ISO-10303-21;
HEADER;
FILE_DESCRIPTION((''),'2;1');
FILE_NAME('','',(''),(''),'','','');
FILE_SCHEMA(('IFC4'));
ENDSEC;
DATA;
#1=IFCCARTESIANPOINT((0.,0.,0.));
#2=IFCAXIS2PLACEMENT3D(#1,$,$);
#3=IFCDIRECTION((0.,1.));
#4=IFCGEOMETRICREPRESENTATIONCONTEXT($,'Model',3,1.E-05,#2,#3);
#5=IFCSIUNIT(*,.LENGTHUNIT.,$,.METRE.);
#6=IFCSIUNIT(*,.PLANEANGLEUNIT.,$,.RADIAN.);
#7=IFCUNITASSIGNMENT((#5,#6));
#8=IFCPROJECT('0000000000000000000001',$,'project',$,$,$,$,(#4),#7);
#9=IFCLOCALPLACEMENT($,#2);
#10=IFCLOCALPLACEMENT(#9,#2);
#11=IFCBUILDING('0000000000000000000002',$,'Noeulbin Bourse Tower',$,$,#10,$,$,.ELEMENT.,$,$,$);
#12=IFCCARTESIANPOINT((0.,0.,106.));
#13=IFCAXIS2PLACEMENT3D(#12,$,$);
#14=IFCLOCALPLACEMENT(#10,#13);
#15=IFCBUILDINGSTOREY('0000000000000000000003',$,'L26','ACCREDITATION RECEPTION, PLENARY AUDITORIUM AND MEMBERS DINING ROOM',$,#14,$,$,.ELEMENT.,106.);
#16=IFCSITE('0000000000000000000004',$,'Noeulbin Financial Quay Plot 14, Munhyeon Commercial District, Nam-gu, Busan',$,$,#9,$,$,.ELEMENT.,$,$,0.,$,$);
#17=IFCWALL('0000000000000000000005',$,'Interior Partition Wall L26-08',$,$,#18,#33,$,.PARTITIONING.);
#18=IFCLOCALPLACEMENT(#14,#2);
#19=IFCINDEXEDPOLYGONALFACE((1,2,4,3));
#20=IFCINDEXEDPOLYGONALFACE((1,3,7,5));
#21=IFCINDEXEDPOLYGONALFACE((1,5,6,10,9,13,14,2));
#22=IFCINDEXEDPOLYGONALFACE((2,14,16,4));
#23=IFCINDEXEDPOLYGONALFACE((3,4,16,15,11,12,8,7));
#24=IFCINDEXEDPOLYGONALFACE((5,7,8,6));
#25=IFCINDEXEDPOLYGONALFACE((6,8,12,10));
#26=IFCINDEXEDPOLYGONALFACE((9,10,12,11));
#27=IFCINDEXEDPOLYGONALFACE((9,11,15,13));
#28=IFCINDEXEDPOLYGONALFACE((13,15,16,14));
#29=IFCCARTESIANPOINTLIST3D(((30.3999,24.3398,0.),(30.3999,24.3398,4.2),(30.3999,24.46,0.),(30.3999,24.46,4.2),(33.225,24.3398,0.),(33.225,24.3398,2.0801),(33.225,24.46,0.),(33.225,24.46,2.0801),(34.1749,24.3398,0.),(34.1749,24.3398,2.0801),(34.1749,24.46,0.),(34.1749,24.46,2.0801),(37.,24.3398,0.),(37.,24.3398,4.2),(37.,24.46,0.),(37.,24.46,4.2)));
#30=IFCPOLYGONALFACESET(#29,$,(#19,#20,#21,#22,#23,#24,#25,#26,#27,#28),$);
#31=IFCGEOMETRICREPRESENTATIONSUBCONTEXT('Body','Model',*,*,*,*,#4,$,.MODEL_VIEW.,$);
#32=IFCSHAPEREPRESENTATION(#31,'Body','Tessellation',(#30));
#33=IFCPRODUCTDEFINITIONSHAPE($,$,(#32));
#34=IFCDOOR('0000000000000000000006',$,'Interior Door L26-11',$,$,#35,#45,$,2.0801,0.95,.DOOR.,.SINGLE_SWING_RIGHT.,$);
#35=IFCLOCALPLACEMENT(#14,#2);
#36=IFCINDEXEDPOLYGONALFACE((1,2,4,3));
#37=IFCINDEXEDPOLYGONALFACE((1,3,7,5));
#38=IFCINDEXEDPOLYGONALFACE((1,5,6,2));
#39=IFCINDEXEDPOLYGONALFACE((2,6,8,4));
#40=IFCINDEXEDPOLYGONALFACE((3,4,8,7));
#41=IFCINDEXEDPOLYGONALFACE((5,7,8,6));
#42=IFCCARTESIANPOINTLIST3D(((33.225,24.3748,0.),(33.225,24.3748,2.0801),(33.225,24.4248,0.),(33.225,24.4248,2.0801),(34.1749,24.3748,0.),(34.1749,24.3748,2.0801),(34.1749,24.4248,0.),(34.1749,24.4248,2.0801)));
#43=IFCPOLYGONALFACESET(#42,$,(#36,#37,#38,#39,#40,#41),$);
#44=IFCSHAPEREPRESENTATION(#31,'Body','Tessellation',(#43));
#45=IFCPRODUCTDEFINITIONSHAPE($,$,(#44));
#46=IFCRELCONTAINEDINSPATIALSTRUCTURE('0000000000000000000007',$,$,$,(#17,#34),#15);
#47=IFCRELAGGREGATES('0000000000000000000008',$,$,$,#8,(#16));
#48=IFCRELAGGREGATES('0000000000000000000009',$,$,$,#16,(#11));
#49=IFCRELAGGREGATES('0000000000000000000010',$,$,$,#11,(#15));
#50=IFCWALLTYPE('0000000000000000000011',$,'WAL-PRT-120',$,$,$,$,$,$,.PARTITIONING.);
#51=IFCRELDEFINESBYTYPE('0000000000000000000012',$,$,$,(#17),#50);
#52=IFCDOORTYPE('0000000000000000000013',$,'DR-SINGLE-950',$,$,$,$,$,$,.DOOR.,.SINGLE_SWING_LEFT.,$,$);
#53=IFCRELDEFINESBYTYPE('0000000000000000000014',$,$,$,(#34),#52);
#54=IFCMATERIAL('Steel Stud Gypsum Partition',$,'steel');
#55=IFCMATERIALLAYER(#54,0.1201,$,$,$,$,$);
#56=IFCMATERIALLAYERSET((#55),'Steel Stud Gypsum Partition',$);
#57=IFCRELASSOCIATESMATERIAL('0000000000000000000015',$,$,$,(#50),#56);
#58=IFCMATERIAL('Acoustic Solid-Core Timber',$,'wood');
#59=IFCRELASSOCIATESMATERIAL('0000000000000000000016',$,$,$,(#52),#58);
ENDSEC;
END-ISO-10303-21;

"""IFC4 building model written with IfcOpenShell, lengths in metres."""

from ifc_helpers import new_model, si_unit, direction, frame, frame_2d, origin, place, context, subcontext, project, spatial, rectangle, extrude, material, layer, layer_set, type_object, element, fill, save


model = new_model("IFC4")

# Units and contexts
model_context = context("Model", 3, precision=1e-05, world=origin(), true_north=direction((0.0, 1.0)))
body_context = subcontext(model_context, "Body", "Model", "MODEL_VIEW")
ifc_project = project(units=[si_unit("LENGTHUNIT", "METRE"), si_unit("PLANEANGLEUNIT", "RADIAN")], contexts=[model_context])

# Site, building, storey
site_placement = place(None, origin())
site = spatial("IfcSite", under=ifc_project, at=site_placement, Name="Noeulbin Financial Quay Plot 14, Munhyeon Commercial District, Nam-gu, Busan", CompositionType="ELEMENT", RefElevation=0.0)
building_placement = place(site_placement, origin())
building = spatial("IfcBuilding", under=site, at=building_placement, Name="Noeulbin Bourse Tower", CompositionType="ELEMENT")
storey_placement = place(building_placement, frame((0.0, 0.0, 106.0)))
storey = spatial("IfcBuildingStorey", under=building, at=storey_placement, Name="L26", Description="ACCREDITATION RECEPTION, PLENARY AUDITORIUM AND MEMBERS DINING ROOM", CompositionType="ELEMENT", Elevation=106.0)

# Wall, opening, door
ifc_material_1 = material(Name="Steel Stud Gypsum Partition", Category="steel")
ifc_layer_1 = layer(ifc_material_1, 0.1201)
ifc_layer_set_1 = layer_set([ifc_layer_1], Name="Steel Stud Gypsum Partition")
wall_type_1 = type_object("IfcWallType", Name="WAL-PRT-120", PredefinedType="PARTITIONING", material=ifc_layer_set_1)
wall_1_placement = place(storey_placement, frame((30.3999, 24.3999, 0.0), z_axis=(0.0, 0.0, 1.0), x_axis=(1.0, 0.0, 0.0)))
wall_1 = element("IfcWall", 1, at=wall_1_placement, inside=storey, type_object=wall_type_1, Name="Interior Partition Wall L26-08", PredefinedType="PARTITIONING", context=body_context, shape_type="SweptSolid", body=[
    extrude(rectangle(XDim=6.6001, YDim=0.1201, at=frame_2d((3.3, 0.0))), origin(), (0.0, 0.0, 1.0), 4.2),
])
opening_placement = place(wall_1_placement, frame((2.825, 0.0, 0.0)))
opening = element("IfcOpeningElement", 2, at=opening_placement, cuts=wall_1, PredefinedType="OPENING", context=body_context, shape_type="SweptSolid", body=[
    extrude(rectangle(XDim=0.95, YDim=2.0801, at=frame_2d((0.4751, 1.04))), frame((0.0, 0.0701, 0.0), z_axis=(0.0, -1.0, 0.0), x_axis=(1.0, 0.0, 0.0)), (0.0, 0.0, 1.0), 0.1401),
])
ifc_material_2 = material(Name="Acoustic Solid-Core Timber", Category="wood")
door_type = type_object("IfcDoorType", Name="DR-SINGLE-950", OperationType="SINGLE_SWING_LEFT", PredefinedType="DOOR", material=ifc_material_2)
door_placement = place(opening_placement, origin())
door = element("IfcDoor", 3, at=door_placement, inside=storey, type_object=door_type, Name="Interior Door L26-11", OperationType="SINGLE_SWING_RIGHT", OverallHeight=2.0801, OverallWidth=0.95, PredefinedType="DOOR", context=body_context, shape_type="SweptSolid", body=[
    extrude(rectangle(XDim=0.95, YDim=2.0801, at=frame_2d((0.4751, 1.04))), frame((0.0, 0.0249, 0.0), z_axis=(0.0, -1.0, 0.0), x_axis=(1.0, 0.0, 0.0)), (0.0, 0.0, 1.0), 0.05),
])
fill(opening, door)

save(model, "model.ifc")
